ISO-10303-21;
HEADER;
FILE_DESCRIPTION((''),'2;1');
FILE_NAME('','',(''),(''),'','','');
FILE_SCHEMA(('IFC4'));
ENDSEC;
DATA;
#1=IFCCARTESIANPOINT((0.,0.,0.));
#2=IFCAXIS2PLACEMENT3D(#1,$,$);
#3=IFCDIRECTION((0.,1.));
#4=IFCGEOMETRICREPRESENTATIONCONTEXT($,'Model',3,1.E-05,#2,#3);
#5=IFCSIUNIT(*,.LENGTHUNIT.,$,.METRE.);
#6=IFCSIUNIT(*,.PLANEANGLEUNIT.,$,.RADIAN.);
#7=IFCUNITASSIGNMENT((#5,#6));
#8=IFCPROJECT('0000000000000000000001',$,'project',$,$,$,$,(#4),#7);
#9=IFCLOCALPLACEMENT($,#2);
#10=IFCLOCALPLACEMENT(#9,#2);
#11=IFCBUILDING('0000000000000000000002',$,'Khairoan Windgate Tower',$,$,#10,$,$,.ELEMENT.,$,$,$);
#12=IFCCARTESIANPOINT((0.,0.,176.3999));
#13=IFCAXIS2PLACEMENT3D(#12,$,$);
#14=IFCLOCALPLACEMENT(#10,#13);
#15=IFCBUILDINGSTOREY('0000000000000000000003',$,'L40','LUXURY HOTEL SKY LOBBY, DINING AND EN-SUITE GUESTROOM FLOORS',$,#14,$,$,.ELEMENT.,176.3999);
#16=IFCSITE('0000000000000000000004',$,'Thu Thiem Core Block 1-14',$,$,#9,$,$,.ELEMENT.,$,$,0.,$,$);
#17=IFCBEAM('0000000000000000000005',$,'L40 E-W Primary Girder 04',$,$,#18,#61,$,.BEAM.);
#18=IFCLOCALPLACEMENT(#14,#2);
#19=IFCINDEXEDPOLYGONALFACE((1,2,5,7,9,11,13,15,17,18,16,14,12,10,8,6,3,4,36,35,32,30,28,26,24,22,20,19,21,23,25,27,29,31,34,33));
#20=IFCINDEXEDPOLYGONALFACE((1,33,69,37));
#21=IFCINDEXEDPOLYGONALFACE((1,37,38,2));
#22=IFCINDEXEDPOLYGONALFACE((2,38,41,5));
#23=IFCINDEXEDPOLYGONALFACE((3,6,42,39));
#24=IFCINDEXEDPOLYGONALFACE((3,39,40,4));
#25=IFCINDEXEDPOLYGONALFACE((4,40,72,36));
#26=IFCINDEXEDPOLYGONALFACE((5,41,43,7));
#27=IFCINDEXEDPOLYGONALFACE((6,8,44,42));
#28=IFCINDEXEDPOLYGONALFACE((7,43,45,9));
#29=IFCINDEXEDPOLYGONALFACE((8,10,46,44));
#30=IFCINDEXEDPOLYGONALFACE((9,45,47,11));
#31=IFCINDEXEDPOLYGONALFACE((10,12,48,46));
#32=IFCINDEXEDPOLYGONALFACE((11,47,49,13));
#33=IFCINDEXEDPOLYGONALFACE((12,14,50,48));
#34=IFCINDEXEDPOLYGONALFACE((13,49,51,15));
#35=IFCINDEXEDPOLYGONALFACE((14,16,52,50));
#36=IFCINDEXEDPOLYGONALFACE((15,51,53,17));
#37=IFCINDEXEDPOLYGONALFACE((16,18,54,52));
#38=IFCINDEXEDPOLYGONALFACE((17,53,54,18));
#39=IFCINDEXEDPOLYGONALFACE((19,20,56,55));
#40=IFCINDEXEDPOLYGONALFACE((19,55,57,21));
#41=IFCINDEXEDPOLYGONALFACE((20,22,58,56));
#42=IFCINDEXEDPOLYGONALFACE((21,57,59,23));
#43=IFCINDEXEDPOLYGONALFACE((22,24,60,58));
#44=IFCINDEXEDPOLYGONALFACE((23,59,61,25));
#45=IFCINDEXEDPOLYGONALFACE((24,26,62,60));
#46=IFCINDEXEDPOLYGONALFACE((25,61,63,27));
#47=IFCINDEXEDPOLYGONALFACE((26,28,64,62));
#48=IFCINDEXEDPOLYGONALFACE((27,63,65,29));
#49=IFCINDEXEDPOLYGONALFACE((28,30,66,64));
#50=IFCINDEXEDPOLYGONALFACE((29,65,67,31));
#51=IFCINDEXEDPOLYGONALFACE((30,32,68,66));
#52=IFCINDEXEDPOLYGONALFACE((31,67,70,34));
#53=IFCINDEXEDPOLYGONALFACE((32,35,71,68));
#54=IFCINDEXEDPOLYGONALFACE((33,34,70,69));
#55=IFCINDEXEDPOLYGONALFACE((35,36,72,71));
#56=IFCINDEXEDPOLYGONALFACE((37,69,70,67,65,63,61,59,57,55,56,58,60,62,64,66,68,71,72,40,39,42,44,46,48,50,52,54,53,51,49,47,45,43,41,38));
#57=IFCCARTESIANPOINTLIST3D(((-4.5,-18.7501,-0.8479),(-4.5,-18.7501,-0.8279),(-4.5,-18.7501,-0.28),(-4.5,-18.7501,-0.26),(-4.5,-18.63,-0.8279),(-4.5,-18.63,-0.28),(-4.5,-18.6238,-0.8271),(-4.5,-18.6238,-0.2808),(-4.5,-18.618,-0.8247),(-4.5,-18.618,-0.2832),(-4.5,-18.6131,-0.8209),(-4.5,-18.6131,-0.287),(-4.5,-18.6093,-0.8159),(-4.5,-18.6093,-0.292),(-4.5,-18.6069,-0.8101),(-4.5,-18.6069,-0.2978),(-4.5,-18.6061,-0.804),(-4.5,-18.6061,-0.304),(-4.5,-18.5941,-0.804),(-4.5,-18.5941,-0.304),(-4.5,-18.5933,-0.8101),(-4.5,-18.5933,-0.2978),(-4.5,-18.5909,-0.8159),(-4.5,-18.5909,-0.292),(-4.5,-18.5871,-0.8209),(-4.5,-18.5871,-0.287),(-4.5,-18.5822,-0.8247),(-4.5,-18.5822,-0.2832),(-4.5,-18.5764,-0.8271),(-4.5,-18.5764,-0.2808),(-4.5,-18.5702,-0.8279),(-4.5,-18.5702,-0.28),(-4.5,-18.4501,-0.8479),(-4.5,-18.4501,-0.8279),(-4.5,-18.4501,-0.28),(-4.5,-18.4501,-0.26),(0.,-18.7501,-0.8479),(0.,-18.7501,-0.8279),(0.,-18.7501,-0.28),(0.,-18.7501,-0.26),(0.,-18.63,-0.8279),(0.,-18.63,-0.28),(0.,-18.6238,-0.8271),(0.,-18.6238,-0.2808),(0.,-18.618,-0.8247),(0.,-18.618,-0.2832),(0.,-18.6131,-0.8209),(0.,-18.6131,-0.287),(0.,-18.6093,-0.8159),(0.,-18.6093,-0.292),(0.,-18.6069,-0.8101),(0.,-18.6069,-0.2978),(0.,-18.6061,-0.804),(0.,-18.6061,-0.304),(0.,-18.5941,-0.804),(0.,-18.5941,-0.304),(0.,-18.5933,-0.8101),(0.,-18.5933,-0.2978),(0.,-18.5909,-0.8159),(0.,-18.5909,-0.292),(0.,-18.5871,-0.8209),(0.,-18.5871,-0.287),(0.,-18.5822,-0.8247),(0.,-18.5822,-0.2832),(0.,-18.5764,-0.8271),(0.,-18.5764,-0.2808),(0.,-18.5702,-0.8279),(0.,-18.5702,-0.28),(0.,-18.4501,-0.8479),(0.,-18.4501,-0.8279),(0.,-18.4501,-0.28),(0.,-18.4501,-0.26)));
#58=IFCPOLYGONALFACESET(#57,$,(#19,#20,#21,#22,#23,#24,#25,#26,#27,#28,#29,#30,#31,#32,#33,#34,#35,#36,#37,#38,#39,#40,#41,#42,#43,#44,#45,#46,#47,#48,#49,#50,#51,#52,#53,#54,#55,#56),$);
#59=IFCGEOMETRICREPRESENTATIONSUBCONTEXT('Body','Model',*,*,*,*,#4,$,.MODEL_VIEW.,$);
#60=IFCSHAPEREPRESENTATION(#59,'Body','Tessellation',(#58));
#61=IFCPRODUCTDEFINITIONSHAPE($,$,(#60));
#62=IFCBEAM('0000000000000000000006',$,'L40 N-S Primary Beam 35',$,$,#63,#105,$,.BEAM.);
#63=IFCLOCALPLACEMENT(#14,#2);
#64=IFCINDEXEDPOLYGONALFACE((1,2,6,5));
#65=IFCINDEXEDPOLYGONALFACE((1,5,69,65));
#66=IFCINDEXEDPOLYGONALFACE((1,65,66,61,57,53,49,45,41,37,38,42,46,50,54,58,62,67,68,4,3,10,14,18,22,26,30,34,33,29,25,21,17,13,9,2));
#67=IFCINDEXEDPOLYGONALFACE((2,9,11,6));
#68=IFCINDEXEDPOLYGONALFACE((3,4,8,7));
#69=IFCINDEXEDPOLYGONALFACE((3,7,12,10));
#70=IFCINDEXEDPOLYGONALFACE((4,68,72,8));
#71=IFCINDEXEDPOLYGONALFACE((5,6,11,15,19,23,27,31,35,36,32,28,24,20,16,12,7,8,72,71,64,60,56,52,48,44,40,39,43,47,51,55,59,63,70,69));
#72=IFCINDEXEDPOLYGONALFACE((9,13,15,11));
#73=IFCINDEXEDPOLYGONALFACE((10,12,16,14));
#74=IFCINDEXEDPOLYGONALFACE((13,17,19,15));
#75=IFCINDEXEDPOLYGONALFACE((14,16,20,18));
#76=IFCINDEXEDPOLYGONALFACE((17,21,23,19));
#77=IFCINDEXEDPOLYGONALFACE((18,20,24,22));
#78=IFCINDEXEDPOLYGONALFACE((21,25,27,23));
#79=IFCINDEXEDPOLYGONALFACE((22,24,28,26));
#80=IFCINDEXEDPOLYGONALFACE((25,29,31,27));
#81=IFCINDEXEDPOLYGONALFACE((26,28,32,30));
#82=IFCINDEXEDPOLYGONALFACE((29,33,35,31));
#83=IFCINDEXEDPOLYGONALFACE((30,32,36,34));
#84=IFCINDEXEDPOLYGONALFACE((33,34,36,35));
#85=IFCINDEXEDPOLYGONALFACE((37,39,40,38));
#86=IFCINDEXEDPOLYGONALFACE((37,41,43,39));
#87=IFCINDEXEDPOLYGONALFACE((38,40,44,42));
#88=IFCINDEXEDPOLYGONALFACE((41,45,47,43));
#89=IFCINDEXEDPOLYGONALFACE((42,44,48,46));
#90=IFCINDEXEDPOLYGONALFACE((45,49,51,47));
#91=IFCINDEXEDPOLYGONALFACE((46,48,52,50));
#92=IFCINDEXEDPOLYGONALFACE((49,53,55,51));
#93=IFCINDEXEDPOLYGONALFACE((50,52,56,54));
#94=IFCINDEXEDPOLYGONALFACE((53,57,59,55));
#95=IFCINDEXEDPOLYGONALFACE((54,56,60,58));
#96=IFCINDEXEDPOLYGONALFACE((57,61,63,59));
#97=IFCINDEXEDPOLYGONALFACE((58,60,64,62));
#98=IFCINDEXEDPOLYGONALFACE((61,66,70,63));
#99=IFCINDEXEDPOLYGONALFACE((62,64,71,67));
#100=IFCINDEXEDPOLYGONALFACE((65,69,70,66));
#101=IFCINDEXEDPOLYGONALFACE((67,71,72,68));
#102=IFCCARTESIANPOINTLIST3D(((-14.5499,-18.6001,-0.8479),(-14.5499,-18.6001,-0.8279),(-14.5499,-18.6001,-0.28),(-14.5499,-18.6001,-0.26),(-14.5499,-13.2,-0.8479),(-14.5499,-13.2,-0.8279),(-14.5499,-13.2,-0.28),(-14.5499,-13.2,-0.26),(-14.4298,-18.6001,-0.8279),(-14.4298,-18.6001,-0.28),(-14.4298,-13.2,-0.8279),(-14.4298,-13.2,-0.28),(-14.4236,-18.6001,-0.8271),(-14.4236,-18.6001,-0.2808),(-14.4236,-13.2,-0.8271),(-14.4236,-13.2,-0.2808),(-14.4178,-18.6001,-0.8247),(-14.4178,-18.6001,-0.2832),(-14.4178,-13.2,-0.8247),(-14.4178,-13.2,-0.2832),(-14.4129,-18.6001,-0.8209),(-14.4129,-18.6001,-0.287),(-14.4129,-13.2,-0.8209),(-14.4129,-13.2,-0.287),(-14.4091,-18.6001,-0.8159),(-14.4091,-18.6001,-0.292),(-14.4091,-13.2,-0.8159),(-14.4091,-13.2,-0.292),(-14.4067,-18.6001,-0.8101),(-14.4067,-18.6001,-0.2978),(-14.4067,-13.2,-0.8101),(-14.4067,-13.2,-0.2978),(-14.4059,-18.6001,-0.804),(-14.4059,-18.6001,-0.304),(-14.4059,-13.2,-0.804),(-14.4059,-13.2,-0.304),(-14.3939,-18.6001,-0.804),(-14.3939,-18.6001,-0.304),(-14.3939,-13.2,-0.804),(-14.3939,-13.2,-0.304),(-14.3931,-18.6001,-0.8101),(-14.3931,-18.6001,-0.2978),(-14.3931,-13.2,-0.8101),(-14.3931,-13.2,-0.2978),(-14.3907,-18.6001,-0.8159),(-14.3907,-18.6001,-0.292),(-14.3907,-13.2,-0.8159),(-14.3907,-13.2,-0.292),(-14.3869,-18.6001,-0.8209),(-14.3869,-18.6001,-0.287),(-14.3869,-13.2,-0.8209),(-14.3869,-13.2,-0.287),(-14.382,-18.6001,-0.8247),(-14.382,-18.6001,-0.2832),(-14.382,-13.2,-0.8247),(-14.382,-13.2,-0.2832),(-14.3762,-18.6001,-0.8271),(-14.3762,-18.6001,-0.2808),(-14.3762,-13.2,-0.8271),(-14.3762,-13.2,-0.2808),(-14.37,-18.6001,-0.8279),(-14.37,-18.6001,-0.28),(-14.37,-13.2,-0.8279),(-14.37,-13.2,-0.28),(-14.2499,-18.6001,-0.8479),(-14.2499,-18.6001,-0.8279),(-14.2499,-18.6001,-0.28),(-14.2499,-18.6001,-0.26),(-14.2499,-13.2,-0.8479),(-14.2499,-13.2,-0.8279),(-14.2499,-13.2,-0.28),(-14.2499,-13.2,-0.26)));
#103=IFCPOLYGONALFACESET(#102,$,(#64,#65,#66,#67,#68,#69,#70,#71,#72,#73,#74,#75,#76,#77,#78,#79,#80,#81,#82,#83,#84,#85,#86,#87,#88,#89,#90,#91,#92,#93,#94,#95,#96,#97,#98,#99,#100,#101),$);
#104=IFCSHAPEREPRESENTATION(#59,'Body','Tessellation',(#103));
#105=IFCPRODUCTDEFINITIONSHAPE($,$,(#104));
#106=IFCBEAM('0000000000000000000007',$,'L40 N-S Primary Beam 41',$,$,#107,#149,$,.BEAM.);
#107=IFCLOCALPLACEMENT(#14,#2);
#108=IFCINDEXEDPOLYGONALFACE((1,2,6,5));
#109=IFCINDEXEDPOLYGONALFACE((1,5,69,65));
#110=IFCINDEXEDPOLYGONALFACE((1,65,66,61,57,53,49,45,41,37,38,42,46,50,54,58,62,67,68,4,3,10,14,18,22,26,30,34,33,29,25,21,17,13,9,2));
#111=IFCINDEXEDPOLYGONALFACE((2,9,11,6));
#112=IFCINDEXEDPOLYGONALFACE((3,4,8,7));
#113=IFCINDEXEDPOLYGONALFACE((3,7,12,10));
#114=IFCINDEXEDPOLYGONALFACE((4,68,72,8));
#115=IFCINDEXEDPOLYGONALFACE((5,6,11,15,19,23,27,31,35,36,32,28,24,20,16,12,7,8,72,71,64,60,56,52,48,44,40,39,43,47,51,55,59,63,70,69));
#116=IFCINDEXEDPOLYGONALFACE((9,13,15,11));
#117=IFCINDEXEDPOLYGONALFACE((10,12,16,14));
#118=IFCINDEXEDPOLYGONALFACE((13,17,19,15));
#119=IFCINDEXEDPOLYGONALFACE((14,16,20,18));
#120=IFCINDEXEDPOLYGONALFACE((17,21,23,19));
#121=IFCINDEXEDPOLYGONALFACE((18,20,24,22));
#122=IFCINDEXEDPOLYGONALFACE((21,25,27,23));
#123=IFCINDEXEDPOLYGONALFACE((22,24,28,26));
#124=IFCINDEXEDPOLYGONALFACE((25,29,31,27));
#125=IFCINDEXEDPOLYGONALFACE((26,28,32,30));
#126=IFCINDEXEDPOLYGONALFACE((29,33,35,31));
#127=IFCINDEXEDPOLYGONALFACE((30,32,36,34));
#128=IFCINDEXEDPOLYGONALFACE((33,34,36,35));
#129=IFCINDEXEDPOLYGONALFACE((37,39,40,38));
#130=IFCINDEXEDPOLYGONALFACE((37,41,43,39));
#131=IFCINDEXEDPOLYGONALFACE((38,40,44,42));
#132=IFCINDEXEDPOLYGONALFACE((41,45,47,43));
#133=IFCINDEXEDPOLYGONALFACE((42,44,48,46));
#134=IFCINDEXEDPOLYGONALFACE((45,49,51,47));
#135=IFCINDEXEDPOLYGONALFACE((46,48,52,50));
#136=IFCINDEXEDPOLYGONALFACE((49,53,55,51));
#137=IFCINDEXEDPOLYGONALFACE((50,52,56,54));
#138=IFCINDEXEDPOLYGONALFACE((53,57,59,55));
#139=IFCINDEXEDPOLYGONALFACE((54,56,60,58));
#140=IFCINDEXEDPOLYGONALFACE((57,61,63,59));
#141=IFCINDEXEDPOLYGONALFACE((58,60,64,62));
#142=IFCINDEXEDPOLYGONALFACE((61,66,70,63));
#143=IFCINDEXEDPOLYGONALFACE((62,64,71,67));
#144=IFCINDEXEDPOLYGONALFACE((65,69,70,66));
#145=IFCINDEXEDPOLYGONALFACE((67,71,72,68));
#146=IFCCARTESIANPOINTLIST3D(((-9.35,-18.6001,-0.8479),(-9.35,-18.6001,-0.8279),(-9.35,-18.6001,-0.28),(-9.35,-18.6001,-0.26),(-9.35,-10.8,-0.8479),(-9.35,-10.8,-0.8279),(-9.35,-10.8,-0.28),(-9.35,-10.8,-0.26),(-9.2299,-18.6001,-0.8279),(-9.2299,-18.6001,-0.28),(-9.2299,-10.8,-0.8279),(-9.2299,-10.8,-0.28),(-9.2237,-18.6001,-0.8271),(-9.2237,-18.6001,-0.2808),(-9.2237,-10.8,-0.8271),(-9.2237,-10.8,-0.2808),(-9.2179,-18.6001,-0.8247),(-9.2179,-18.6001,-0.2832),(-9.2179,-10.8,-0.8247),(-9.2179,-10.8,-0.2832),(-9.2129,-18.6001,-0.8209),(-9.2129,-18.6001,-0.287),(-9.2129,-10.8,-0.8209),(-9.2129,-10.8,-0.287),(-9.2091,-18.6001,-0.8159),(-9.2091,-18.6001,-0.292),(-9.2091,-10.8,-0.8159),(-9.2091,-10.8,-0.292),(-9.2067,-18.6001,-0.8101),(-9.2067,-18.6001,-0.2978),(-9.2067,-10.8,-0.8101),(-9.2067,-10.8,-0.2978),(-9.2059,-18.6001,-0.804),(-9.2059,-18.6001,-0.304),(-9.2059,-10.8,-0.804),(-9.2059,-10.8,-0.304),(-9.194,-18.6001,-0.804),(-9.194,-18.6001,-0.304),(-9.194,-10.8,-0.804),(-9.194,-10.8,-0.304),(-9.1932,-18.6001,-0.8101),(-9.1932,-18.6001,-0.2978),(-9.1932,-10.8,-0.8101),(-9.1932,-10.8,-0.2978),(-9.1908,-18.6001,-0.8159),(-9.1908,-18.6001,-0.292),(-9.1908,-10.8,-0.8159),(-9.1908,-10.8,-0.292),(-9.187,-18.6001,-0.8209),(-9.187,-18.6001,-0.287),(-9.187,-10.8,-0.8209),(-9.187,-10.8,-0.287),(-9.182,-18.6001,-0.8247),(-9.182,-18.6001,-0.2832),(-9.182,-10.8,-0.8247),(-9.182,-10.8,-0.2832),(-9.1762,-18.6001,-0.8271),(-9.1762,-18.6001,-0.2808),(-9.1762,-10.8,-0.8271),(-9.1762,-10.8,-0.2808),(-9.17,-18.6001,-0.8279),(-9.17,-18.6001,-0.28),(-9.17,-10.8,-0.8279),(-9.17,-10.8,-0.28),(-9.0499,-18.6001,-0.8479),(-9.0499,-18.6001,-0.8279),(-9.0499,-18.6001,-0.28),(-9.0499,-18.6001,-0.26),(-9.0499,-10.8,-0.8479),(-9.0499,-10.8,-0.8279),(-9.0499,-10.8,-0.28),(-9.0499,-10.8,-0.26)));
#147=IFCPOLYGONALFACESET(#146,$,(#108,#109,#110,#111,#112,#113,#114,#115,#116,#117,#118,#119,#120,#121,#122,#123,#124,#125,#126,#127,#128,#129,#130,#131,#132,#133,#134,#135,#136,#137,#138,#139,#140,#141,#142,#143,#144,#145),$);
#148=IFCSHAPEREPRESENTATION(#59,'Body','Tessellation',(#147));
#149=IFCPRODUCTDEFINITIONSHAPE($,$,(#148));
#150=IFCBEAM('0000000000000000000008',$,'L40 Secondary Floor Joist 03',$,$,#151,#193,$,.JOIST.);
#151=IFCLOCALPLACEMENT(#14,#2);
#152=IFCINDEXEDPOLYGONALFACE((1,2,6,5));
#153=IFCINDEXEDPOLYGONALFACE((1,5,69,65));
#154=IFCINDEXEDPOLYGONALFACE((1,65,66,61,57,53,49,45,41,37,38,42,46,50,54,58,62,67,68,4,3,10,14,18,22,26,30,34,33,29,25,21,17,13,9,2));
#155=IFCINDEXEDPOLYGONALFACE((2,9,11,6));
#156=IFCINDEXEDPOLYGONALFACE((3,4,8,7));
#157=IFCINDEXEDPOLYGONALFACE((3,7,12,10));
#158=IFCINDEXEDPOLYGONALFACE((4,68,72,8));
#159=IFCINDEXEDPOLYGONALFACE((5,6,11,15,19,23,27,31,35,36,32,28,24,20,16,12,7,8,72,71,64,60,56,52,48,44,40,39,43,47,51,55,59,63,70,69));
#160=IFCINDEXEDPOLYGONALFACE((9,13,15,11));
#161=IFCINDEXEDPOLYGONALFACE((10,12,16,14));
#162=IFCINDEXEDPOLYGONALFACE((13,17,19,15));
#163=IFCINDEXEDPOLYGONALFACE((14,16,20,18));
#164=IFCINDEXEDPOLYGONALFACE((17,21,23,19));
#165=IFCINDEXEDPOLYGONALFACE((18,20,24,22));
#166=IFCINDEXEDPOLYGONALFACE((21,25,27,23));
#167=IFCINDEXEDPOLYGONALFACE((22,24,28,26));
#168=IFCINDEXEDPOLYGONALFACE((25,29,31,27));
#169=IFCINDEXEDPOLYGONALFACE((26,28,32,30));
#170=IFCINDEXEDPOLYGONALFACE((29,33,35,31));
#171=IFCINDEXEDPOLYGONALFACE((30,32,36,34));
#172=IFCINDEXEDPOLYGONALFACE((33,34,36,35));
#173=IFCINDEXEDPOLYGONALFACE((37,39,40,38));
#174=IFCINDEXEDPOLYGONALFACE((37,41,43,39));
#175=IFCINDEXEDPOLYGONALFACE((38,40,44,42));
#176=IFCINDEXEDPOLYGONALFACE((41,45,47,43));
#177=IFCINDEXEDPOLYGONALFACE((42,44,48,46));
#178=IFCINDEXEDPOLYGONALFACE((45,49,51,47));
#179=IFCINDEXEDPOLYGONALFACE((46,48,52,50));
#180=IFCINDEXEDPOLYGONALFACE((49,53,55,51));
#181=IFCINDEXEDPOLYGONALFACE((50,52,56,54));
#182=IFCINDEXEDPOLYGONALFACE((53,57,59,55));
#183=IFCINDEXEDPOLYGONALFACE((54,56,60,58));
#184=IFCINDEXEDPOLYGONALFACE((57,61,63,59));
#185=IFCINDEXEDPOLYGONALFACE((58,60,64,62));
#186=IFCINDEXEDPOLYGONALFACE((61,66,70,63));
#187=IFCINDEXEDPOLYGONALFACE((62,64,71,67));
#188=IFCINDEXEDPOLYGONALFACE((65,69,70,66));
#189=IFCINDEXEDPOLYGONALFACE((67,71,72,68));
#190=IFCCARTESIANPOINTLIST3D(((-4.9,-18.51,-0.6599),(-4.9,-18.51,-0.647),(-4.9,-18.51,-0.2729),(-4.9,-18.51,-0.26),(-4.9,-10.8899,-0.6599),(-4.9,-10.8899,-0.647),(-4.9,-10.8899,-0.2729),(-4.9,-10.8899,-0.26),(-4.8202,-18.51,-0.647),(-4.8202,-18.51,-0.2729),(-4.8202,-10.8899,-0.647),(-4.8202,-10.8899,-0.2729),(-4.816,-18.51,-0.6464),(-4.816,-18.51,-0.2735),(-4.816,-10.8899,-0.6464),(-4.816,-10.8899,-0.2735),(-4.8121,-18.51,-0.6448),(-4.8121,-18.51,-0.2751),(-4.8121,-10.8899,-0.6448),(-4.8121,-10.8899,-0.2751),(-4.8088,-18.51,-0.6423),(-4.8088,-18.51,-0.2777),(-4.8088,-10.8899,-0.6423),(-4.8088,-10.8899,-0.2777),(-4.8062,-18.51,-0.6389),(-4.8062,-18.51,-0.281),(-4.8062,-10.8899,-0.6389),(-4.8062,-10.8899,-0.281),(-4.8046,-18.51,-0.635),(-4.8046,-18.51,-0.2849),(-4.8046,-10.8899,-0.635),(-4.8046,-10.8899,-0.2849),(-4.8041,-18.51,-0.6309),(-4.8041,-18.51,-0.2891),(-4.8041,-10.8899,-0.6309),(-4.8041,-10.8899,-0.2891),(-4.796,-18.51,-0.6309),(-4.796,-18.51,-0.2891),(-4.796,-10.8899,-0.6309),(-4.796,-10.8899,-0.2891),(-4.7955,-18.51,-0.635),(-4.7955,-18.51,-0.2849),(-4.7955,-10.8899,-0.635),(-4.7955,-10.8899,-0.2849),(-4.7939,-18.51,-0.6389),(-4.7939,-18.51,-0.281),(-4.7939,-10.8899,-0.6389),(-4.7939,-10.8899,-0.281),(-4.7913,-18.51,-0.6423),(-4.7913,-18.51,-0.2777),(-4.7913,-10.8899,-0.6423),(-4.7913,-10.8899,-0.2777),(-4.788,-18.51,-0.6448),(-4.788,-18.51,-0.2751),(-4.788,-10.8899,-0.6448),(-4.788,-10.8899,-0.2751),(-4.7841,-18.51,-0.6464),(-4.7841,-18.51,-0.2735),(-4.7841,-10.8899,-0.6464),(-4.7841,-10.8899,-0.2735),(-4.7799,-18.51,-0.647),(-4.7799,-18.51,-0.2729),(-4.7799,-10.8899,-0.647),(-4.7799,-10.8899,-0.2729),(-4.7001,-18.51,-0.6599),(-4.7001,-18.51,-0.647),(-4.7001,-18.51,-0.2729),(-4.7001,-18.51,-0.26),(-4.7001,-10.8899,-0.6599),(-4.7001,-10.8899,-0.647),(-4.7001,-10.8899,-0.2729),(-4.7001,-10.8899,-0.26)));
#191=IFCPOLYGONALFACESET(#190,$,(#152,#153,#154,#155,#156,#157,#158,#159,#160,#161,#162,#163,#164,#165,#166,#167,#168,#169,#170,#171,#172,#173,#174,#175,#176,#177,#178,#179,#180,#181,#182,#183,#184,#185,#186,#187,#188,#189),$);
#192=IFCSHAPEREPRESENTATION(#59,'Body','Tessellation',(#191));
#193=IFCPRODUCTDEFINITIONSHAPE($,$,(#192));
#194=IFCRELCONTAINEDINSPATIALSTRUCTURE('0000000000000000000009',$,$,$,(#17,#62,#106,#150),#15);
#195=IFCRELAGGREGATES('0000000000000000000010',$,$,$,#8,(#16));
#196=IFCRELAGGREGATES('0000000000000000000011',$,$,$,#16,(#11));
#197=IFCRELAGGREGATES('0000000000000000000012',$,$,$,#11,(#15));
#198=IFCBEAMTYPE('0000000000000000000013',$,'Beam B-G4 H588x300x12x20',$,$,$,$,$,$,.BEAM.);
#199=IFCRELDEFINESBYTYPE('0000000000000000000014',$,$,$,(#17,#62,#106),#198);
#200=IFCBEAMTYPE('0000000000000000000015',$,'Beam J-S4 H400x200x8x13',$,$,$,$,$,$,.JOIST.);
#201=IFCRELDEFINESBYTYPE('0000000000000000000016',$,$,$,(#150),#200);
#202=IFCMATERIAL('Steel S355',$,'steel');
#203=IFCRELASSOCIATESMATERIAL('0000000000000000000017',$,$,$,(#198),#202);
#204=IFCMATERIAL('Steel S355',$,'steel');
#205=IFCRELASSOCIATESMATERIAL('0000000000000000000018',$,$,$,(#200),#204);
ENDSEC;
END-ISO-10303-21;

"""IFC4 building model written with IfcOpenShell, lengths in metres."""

from ifc_helpers import new_model, si_unit, direction, frame, origin, origin_2d, place, context, subcontext, project, spatial, i_section, extrude, material, material_profile, profile_set, type_object, element, save


model = new_model("IFC4")

# Units and contexts
model_context = context("Model", 3, precision=1e-05, world=origin(), true_north=direction((0.0, 1.0)))
body_context = subcontext(model_context, "Body", "Model", "MODEL_VIEW")
ifc_project = project(units=[si_unit("LENGTHUNIT", "METRE"), si_unit("PLANEANGLEUNIT", "RADIAN")], contexts=[model_context])

# Site, building, storey
site_placement = place(None, origin())
site = spatial("IfcSite", under=ifc_project, at=site_placement, Name="Thu Thiem Core Block 1-14", CompositionType="ELEMENT", RefElevation=0.0)
building_placement = place(site_placement, origin())
building = spatial("IfcBuilding", under=site, at=building_placement, Name="Khairoan Windgate Tower", CompositionType="ELEMENT")
storey_placement = place(building_placement, frame((0.0, 0.0, 176.3999)))
storey = spatial("IfcBuildingStorey", under=building, at=storey_placement, Name="L40", Description="LUXURY HOTEL SKY LOBBY, DINING AND EN-SUITE GUESTROOM FLOORS", CompositionType="ELEMENT", Elevation=176.3999)

# Beams
ifc_material_1 = material(Name="Steel S355", Category="steel")
ifc_material_profile_1 = material_profile(ifc_material_1, i_section(OverallWidth=0.3, OverallDepth=0.5879, WebThickness=0.012, FlangeThickness=0.02, FilletRadius=0.0239, at=origin_2d()))
ifc_profile_set_1 = profile_set([ifc_material_profile_1], Name="Steel S355")
beam_type_1 = type_object("IfcBeamType", Name="Beam B-G4 H588x300x12x20", PredefinedType="BEAM", material=ifc_profile_set_1)
beam_1_placement = place(storey_placement, frame((-4.5, -18.6001, -0.554), z_axis=(1.0, 0.0, 0.0), x_axis=(0.0, 1.0, 0.0)))
element("IfcBeam", 1, at=beam_1_placement, inside=storey, type_object=beam_type_1, Name="L40 E-W Primary Girder 04", PredefinedType="BEAM", context=body_context, shape_type="SweptSolid", body=[
    extrude(i_section(OverallWidth=0.3, OverallDepth=0.5879, WebThickness=0.012, FlangeThickness=0.02, FilletRadius=0.0239, at=origin_2d()), origin(), (0.0, 0.0, 1.0), 4.5),
])
beam_2_placement = place(storey_placement, frame((-14.3999, -18.6001, -0.554), z_axis=(0.0, 1.0, 0.0), x_axis=(-1.0, 0.0, 0.0)))
element("IfcBeam", 2, at=beam_2_placement, inside=storey, type_object=beam_type_1, Name="L40 N-S Primary Beam 35", PredefinedType="BEAM", context=body_context, shape_type="SweptSolid", body=[
    extrude(i_section(OverallWidth=0.3, OverallDepth=0.5879, WebThickness=0.012, FlangeThickness=0.02, FilletRadius=0.0239, at=origin_2d()), origin(), (0.0, 0.0, 1.0), 5.4001),
])
beam_3_placement = place(storey_placement, frame((-9.2, -18.6001, -0.554), z_axis=(0.0, 1.0, 0.0), x_axis=(-1.0, 0.0, 0.0)))
element("IfcBeam", 3, at=beam_3_placement, inside=storey, type_object=beam_type_1, Name="L40 N-S Primary Beam 41", PredefinedType="BEAM", context=body_context, shape_type="SweptSolid", body=[
    extrude(i_section(OverallWidth=0.3, OverallDepth=0.5879, WebThickness=0.012, FlangeThickness=0.02, FilletRadius=0.0239, at=origin_2d()), origin(), (0.0, 0.0, 1.0), 7.8),
])
ifc_material_2 = material(Name="Steel S355", Category="steel")
ifc_material_profile_2 = material_profile(ifc_material_2, i_section(OverallWidth=0.2, OverallDepth=0.3999, WebThickness=0.0081, FlangeThickness=0.0129, FilletRadius=0.0161, at=origin_2d()))
ifc_profile_set_2 = profile_set([ifc_material_profile_2], Name="Steel S355")
beam_type_2 = type_object("IfcBeamType", Name="Beam J-S4 H400x200x8x13", PredefinedType="JOIST", material=ifc_profile_set_2)
beam_4_placement = place(storey_placement, frame((-4.8, -18.51, -0.46), z_axis=(0.0, 1.0, 0.0), x_axis=(-1.0, 0.0, 0.0)))
element("IfcBeam", 4, at=beam_4_placement, inside=storey, type_object=beam_type_2, Name="L40 Secondary Floor Joist 03", PredefinedType="JOIST", context=body_context, shape_type="SweptSolid", body=[
    extrude(i_section(OverallWidth=0.2, OverallDepth=0.3999, WebThickness=0.0081, FlangeThickness=0.0129, FilletRadius=0.0161, at=origin_2d()), origin(), (0.0, 0.0, 1.0), 7.6201),
])

save(model, "model.ifc")
